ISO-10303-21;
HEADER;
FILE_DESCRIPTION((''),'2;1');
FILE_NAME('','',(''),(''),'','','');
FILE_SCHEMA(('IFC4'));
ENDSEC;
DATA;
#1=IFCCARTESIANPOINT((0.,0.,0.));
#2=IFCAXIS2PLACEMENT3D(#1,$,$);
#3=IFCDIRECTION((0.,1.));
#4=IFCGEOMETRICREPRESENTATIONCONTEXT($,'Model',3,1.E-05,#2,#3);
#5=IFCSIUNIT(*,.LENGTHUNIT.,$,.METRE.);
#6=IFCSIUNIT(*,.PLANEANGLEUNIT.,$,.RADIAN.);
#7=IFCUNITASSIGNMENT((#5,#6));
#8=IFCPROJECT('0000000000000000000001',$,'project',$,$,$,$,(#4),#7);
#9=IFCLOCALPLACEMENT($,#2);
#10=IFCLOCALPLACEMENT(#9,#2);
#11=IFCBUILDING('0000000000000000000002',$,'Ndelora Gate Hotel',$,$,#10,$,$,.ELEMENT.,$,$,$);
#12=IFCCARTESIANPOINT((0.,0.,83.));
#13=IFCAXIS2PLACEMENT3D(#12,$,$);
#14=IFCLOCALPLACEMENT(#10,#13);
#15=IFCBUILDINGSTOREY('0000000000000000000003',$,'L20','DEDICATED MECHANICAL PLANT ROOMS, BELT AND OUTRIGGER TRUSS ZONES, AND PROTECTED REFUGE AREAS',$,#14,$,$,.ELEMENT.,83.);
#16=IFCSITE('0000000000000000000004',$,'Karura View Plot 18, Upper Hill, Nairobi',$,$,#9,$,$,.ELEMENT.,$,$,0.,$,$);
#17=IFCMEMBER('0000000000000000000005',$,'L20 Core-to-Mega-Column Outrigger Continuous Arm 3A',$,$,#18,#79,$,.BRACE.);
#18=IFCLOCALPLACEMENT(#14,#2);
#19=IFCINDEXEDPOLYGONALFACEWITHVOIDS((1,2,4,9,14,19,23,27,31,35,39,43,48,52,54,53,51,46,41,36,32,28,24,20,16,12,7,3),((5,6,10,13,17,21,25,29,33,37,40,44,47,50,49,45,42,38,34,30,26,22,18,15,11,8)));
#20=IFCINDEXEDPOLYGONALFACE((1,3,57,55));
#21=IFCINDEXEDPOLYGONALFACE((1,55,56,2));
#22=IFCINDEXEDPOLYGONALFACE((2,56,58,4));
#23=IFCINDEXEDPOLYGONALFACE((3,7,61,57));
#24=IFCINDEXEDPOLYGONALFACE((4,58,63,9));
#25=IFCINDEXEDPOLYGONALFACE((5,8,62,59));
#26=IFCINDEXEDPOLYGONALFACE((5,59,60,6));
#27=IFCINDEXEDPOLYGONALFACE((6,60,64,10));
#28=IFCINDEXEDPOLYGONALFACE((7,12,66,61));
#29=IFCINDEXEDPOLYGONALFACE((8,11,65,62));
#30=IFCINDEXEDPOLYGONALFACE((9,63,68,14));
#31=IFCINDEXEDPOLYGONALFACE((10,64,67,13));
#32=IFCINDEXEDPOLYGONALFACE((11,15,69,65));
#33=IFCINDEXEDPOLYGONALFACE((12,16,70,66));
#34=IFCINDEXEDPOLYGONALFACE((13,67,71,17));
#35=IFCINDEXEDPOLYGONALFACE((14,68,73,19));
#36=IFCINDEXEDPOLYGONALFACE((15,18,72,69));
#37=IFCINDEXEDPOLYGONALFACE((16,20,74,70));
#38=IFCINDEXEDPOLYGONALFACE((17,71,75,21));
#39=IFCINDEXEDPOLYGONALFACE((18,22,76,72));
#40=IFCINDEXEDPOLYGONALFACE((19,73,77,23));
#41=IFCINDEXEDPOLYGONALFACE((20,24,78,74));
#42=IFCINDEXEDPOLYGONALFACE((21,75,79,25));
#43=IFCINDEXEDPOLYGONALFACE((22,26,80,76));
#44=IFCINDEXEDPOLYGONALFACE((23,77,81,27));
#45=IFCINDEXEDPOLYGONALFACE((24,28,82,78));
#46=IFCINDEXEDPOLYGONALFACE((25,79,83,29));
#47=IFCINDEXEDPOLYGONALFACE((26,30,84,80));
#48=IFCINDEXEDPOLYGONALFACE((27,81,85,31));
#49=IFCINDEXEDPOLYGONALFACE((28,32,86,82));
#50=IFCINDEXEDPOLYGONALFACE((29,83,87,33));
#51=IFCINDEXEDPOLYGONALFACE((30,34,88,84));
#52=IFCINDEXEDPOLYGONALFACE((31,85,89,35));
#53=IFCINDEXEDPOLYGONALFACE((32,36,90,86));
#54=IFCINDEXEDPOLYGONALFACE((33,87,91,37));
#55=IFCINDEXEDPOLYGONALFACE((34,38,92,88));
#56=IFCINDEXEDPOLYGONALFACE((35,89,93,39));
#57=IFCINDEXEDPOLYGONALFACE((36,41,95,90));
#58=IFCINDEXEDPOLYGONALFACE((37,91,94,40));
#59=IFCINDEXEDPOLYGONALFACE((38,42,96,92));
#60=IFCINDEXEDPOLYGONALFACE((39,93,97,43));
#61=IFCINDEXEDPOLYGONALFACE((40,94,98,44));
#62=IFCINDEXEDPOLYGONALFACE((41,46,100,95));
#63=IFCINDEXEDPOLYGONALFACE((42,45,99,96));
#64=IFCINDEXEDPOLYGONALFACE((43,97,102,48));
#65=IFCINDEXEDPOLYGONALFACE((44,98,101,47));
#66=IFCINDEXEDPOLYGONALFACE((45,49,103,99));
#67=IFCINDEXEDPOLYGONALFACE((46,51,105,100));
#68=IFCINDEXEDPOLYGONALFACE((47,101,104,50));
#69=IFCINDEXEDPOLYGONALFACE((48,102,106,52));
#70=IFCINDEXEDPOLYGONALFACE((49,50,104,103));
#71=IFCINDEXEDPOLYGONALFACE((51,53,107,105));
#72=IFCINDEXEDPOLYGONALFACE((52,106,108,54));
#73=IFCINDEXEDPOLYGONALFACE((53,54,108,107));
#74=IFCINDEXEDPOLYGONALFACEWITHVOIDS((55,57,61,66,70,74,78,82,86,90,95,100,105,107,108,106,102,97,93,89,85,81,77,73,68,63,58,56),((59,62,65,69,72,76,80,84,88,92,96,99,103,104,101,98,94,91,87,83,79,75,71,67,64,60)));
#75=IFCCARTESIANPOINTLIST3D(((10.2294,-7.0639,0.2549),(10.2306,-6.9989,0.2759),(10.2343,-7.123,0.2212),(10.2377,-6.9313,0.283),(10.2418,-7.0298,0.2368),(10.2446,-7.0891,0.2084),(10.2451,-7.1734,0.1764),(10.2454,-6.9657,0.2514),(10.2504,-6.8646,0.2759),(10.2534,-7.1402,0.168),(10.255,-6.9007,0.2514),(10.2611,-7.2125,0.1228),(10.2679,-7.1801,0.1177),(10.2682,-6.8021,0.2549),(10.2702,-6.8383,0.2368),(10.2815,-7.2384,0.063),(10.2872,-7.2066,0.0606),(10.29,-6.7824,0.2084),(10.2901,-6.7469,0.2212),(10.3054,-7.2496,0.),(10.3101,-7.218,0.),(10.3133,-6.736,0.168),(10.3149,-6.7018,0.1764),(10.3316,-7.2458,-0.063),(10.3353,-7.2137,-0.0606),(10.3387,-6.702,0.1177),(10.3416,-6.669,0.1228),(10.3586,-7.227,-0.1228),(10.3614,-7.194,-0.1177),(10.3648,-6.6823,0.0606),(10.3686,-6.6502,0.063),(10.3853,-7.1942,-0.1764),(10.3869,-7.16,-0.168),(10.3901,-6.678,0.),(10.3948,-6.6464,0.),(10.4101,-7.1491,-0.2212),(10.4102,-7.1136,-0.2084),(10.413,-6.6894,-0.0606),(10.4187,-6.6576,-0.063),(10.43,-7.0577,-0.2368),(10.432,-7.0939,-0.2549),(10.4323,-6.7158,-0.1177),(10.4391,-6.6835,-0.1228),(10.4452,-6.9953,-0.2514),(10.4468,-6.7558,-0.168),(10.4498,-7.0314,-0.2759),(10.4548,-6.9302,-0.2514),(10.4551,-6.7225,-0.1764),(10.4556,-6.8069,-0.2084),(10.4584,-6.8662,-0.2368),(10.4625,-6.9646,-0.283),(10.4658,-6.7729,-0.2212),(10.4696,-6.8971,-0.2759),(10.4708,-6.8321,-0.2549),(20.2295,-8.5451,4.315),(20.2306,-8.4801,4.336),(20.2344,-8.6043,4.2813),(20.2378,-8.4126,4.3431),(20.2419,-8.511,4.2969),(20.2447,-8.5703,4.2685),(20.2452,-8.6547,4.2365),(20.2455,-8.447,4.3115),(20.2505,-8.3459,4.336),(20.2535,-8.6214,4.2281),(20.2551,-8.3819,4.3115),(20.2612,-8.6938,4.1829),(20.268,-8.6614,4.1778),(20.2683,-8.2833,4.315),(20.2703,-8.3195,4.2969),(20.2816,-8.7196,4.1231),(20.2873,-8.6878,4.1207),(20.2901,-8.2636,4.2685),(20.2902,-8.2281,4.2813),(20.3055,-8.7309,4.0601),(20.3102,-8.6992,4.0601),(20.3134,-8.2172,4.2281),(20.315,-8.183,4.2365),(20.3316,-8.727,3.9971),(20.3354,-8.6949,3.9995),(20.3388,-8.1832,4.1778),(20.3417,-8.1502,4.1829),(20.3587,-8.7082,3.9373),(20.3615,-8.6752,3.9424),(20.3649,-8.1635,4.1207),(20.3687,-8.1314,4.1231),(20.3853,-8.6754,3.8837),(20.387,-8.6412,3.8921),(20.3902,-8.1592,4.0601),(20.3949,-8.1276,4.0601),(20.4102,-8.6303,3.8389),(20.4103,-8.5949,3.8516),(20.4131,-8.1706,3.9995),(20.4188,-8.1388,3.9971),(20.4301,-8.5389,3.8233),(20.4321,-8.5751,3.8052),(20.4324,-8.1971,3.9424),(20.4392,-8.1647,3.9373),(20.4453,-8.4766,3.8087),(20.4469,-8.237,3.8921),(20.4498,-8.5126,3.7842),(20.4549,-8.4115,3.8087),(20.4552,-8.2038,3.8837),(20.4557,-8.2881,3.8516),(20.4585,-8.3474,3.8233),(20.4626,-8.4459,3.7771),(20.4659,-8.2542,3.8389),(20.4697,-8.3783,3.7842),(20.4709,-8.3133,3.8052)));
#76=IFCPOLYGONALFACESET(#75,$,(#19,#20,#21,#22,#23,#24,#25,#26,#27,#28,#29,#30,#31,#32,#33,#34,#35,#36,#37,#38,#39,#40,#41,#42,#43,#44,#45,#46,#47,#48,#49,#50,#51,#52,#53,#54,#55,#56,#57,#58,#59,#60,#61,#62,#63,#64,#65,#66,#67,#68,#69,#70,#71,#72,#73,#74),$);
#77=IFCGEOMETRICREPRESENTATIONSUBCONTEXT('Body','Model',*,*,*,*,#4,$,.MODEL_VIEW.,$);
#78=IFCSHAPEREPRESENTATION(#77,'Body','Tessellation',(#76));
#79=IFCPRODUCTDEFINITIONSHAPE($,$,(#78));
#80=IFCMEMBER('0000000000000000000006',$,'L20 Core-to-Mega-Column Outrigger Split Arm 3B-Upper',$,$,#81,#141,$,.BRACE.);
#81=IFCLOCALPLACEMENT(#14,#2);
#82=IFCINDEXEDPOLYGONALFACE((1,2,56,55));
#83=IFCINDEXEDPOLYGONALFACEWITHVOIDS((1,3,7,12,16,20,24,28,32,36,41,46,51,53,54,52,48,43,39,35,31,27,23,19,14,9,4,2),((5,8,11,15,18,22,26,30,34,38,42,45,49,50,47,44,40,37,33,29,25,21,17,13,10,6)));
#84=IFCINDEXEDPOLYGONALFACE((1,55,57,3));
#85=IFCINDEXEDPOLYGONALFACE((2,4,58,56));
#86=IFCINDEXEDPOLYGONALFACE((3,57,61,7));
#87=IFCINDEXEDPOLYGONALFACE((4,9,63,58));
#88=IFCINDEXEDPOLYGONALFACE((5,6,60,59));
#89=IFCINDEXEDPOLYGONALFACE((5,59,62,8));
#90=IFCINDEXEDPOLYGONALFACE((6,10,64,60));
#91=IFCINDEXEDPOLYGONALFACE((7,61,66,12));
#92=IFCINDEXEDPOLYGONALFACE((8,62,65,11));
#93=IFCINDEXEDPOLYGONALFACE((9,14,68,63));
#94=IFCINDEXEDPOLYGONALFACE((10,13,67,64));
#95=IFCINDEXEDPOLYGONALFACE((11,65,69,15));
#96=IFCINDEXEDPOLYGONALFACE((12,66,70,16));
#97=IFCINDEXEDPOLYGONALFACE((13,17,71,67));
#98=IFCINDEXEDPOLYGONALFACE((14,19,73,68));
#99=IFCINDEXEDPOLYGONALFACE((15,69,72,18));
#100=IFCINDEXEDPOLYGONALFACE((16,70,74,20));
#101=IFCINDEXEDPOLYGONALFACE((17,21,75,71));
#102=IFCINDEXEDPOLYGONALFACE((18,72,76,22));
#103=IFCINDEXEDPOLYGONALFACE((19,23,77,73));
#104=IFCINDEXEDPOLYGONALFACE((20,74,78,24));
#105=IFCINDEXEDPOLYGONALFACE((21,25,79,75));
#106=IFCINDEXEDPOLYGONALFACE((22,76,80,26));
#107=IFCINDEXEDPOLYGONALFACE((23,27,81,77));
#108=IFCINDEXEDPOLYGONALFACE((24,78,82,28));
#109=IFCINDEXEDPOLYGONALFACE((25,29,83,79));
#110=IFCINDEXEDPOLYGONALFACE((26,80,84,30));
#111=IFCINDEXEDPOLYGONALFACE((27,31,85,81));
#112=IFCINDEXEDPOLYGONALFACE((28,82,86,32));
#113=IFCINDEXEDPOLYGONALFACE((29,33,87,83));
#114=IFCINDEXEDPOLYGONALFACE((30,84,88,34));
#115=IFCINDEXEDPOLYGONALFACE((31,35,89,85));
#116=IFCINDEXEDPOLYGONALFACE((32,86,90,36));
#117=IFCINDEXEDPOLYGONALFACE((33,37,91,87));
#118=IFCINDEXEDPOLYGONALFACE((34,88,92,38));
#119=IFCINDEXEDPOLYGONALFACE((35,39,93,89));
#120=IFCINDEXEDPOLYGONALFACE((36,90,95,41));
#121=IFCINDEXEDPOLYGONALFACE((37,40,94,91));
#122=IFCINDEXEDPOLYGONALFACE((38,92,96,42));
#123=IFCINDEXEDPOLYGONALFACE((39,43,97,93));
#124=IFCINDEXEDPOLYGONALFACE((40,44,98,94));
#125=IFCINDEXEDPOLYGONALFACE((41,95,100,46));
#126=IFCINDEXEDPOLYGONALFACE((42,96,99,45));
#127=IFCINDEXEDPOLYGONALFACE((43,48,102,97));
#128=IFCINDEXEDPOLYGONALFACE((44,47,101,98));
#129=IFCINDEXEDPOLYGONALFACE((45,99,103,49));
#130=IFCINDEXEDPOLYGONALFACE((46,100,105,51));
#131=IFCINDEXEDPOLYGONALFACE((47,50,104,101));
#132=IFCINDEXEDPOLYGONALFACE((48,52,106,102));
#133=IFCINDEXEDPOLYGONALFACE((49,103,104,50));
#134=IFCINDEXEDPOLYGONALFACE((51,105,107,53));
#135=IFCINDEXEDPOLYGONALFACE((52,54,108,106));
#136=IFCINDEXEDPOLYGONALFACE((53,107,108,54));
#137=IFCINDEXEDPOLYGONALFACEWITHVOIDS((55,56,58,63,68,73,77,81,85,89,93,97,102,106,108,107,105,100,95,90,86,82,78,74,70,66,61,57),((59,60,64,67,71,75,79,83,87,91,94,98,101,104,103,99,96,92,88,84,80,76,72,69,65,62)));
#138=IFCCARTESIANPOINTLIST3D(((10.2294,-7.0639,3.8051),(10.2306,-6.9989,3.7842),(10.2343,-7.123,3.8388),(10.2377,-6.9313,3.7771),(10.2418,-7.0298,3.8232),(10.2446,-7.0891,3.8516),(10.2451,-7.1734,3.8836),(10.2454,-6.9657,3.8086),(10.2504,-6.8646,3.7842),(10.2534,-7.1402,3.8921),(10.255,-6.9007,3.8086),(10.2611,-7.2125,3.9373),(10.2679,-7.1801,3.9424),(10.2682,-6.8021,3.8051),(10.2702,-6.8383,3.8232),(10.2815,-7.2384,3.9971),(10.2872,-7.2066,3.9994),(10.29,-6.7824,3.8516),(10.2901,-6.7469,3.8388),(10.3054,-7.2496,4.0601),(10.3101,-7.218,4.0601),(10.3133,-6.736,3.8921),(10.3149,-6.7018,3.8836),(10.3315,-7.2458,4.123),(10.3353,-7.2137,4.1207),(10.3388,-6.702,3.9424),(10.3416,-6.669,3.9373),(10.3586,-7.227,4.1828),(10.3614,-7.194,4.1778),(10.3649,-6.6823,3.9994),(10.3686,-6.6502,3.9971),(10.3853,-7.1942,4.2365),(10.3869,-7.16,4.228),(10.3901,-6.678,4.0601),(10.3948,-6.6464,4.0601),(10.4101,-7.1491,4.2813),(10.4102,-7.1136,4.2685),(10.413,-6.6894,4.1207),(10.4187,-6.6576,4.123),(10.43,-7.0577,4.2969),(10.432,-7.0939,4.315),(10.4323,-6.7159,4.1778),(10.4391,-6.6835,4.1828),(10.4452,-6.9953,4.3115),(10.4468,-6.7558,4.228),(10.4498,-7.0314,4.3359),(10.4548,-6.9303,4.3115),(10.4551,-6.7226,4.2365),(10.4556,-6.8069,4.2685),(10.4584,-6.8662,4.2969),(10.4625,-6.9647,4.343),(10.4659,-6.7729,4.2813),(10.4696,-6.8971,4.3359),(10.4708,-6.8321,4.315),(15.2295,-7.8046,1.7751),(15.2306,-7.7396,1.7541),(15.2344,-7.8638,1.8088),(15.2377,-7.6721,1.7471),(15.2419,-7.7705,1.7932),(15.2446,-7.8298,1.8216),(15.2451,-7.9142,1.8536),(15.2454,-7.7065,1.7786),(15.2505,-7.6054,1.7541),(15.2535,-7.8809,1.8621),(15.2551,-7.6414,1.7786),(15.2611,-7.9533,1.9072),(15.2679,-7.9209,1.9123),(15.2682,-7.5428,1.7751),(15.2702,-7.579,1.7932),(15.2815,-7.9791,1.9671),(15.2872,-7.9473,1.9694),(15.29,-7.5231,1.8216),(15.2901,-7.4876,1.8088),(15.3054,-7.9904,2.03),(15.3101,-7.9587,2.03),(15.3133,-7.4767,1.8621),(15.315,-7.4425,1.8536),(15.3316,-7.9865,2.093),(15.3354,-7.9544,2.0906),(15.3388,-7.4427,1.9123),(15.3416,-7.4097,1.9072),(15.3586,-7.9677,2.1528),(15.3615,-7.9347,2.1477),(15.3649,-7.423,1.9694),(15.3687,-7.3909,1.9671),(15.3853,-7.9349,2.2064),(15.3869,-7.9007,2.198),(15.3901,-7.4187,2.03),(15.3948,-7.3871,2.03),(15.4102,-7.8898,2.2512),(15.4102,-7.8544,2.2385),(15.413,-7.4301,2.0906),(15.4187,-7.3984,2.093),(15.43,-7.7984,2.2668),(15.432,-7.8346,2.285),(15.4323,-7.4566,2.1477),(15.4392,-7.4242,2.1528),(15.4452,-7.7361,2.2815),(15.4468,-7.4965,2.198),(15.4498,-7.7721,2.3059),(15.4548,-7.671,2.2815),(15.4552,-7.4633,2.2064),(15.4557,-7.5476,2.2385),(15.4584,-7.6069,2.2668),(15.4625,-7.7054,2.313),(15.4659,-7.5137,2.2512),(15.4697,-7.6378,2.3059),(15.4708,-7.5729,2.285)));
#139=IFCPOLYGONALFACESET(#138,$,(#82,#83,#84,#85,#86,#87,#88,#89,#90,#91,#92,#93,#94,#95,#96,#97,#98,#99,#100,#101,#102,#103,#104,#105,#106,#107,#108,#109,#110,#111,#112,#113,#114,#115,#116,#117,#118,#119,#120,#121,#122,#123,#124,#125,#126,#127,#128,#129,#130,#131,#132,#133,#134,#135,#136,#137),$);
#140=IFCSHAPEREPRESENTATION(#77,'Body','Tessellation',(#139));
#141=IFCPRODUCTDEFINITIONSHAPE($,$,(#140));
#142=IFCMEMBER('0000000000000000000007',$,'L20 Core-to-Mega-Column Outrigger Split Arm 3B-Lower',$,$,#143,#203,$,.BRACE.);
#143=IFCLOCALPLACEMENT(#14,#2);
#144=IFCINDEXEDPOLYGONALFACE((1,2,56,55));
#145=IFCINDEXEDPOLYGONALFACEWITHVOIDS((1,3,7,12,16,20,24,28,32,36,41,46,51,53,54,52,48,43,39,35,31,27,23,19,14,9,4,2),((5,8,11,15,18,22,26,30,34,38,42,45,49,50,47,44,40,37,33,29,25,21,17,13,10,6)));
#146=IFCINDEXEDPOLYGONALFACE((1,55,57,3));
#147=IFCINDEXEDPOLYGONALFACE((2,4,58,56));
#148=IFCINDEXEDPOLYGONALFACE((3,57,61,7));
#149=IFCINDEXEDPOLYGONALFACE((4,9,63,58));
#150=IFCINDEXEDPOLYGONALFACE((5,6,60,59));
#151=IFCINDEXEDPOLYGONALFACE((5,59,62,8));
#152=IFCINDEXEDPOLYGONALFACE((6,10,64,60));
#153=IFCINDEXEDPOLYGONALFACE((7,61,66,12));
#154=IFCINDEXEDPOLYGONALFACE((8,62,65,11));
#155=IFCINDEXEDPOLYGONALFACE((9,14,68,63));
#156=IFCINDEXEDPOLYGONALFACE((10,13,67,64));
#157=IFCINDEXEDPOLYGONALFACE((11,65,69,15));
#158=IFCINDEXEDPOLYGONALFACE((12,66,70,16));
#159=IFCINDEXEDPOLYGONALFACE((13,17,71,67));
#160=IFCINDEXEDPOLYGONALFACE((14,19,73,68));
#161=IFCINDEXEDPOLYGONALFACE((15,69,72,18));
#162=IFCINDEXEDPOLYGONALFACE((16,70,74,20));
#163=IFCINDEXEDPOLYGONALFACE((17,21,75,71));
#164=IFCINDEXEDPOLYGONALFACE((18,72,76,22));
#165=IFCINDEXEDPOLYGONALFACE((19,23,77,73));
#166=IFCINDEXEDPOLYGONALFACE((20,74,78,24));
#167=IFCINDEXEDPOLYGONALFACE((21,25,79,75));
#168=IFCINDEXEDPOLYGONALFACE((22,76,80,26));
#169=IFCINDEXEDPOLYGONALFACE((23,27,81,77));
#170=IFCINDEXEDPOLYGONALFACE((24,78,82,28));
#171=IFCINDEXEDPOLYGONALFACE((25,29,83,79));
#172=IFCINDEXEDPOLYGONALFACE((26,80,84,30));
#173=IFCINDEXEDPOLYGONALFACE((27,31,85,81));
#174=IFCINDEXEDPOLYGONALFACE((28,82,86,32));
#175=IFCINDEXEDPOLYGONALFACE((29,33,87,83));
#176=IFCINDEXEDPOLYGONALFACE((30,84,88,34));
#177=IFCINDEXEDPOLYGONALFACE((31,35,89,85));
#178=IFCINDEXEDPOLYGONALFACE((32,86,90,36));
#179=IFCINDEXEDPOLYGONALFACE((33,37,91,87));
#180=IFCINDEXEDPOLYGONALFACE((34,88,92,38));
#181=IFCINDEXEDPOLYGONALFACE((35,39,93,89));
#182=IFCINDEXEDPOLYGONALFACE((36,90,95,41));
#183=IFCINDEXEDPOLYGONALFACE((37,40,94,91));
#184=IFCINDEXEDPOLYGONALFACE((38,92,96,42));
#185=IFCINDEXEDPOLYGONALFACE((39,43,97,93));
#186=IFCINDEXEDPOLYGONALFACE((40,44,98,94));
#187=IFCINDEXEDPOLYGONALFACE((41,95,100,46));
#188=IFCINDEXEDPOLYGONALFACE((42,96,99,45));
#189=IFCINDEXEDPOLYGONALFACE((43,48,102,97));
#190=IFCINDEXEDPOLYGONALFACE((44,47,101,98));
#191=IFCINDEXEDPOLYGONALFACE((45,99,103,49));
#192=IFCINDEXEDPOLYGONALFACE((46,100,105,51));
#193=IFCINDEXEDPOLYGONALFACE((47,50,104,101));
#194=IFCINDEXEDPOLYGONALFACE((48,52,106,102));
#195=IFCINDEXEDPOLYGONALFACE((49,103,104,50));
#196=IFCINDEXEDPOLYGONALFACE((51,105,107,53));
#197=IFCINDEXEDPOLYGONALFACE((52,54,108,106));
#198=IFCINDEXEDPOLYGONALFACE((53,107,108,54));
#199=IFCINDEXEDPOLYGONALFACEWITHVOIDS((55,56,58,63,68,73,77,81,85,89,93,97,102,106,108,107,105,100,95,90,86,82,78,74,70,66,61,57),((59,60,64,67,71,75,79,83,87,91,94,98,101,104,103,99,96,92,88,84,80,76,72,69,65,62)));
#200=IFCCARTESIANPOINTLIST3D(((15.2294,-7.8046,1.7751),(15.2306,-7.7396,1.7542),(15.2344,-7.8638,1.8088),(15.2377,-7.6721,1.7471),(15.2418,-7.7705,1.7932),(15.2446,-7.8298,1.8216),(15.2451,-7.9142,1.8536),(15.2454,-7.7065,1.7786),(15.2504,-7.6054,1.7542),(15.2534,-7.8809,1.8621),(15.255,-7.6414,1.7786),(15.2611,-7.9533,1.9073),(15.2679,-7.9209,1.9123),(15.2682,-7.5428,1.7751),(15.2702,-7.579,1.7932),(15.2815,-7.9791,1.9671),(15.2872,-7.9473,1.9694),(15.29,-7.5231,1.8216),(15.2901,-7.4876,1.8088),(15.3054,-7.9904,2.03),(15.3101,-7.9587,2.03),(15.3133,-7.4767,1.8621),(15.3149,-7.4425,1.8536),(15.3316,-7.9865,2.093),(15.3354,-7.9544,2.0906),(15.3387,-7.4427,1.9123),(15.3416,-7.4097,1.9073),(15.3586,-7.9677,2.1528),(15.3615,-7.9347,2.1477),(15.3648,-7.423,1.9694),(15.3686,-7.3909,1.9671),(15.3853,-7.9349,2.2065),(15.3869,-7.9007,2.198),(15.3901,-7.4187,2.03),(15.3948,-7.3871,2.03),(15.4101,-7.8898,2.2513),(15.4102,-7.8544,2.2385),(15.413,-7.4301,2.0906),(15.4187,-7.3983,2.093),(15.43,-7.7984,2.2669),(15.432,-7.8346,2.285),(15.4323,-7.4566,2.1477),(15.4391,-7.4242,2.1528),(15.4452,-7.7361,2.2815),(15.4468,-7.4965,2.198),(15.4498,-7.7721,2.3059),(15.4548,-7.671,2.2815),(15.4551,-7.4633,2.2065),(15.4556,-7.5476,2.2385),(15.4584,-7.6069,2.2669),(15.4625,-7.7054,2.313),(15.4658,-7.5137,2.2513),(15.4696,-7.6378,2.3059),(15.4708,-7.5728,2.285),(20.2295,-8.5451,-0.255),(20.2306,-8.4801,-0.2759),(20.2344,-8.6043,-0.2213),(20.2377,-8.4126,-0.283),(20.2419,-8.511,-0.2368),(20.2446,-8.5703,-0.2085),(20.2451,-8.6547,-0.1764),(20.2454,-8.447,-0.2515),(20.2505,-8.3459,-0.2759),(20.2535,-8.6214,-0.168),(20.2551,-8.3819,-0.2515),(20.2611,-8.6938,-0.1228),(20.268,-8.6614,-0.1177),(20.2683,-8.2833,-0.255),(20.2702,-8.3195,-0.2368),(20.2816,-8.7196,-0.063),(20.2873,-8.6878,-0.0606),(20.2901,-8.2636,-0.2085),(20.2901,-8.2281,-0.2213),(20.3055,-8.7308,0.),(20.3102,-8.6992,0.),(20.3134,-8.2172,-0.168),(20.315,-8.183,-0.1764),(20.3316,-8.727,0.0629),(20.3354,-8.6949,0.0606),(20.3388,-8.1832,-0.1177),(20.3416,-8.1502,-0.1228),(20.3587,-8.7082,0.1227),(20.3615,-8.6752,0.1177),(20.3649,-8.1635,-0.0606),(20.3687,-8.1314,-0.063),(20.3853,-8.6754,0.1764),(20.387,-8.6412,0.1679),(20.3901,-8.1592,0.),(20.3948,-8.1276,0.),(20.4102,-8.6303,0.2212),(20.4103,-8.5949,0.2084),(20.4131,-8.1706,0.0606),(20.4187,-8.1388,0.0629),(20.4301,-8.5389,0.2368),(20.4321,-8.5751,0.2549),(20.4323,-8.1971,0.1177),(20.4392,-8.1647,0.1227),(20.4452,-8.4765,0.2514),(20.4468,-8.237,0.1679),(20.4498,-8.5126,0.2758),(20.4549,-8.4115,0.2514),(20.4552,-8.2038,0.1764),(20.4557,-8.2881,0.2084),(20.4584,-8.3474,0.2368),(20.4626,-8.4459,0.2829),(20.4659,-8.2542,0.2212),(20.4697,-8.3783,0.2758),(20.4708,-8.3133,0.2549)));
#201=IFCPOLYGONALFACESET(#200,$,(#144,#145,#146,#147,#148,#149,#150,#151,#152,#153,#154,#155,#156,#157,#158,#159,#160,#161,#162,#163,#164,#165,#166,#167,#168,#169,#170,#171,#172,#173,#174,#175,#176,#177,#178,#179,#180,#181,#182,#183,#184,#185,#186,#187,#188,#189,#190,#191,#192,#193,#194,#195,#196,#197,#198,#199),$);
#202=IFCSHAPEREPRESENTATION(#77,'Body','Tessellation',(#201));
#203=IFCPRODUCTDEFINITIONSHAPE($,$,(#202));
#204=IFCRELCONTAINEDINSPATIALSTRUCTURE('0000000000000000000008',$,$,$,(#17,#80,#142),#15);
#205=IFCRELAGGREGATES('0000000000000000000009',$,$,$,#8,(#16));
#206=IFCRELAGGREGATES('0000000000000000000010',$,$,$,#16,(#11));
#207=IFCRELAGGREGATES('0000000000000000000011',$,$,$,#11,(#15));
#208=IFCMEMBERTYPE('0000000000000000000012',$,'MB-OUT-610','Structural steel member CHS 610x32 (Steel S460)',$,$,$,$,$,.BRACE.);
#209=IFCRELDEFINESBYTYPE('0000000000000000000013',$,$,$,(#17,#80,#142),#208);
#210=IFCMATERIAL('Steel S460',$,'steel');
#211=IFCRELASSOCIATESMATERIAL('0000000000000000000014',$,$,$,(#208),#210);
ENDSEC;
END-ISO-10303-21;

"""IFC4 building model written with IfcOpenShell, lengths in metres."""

from ifc_helpers import new_model, si_unit, direction, frame, origin, origin_2d, place, context, subcontext, project, spatial, hollow_circle, extrude, material, material_profile, profile_set, type_object, element, save


model = new_model("IFC4")

# Units and contexts
model_context = context("Model", 3, precision=1e-05, world=origin(), true_north=direction((0.0, 1.0)))
body_context = subcontext(model_context, "Body", "Model", "MODEL_VIEW")
ifc_project = project(units=[si_unit("LENGTHUNIT", "METRE"), si_unit("PLANEANGLEUNIT", "RADIAN")], contexts=[model_context])

# Site, building, storey
site_placement = place(None, origin())
site = spatial("IfcSite", under=ifc_project, at=site_placement, Name="Karura View Plot 18, Upper Hill, Nairobi", CompositionType="ELEMENT", RefElevation=0.0)
building_placement = place(site_placement, origin())
building = spatial("IfcBuilding", under=site, at=building_placement, Name="Ndelora Gate Hotel", CompositionType="ELEMENT")
storey_placement = place(building_placement, frame((0.0, 0.0, 83.0)))
storey = spatial("IfcBuildingStorey", under=building, at=storey_placement, Name="L20", Description="DEDICATED MECHANICAL PLANT ROOMS, BELT AND OUTRIGGER TRUSS ZONES, AND PROTECTED REFUGE AREAS", CompositionType="ELEMENT", Elevation=83.0)

# Shared definitions
ifc_material_1 = material(Name="Steel S460", Category="steel")

# Members
ifc_material_profile_1 = material_profile(ifc_material_1, hollow_circle(Radius=0.3049, WallThickness=0.032, at=origin_2d()), Name="CHS 610x32")
ifc_profile_set_1 = profile_set([ifc_material_profile_1], Name="Steel S460")
member_type_1 = type_object("IfcMemberType", Name="MB-OUT-610", Description="Structural steel member CHS 610x32 (Steel S460)", PredefinedType="BRACE", material=ifc_profile_set_1)
member_1_placement = place(storey_placement, frame((10.3501, -6.948, 0.0), z_axis=(0.917941, -0.135966, 0.372689), x_axis=(0.146522, 0.989207, 0.0)))
element("IfcMember", 1, at=member_1_placement, inside=storey, type_object=member_type_1, Name="L20 Core-to-Mega-Column Outrigger Continuous Arm 3A", PredefinedType="BRACE", context=body_context, shape_type="SweptSolid", body=[
    extrude(hollow_circle(Radius=0.3049, WallThickness=0.032, at=origin_2d()), origin(), (0.0, 0.0, 1.0), 10.894),
])
for number, where, z_axis, x_axis, name in (
    (2, (10.3501, -6.948, 4.0601), (0.917938, -0.135988, -0.372688), (0.146545, 0.989204, 0.0), "L20 Core-to-Mega-Column Outrigger Split Arm 3B-Upper"),
    (3, (15.3501, -7.6887, 2.03), (0.917944, -0.135944, -0.372691), (0.146498, 0.989211, 0.0), "L20 Core-to-Mega-Column Outrigger Split Arm 3B-Lower"),
):
    element("IfcMember", number, at=place(storey_placement, frame(where, z_axis=z_axis, x_axis=x_axis)), inside=storey, type_object=member_type_1, Name=name, PredefinedType="BRACE", context=body_context, shape_type="SweptSolid", body=[
        extrude(hollow_circle(Radius=0.3049, WallThickness=0.032, at=origin_2d()), origin(), (0.0, 0.0, 1.0), 5.447),
    ])

save(model, "model.ifc")
